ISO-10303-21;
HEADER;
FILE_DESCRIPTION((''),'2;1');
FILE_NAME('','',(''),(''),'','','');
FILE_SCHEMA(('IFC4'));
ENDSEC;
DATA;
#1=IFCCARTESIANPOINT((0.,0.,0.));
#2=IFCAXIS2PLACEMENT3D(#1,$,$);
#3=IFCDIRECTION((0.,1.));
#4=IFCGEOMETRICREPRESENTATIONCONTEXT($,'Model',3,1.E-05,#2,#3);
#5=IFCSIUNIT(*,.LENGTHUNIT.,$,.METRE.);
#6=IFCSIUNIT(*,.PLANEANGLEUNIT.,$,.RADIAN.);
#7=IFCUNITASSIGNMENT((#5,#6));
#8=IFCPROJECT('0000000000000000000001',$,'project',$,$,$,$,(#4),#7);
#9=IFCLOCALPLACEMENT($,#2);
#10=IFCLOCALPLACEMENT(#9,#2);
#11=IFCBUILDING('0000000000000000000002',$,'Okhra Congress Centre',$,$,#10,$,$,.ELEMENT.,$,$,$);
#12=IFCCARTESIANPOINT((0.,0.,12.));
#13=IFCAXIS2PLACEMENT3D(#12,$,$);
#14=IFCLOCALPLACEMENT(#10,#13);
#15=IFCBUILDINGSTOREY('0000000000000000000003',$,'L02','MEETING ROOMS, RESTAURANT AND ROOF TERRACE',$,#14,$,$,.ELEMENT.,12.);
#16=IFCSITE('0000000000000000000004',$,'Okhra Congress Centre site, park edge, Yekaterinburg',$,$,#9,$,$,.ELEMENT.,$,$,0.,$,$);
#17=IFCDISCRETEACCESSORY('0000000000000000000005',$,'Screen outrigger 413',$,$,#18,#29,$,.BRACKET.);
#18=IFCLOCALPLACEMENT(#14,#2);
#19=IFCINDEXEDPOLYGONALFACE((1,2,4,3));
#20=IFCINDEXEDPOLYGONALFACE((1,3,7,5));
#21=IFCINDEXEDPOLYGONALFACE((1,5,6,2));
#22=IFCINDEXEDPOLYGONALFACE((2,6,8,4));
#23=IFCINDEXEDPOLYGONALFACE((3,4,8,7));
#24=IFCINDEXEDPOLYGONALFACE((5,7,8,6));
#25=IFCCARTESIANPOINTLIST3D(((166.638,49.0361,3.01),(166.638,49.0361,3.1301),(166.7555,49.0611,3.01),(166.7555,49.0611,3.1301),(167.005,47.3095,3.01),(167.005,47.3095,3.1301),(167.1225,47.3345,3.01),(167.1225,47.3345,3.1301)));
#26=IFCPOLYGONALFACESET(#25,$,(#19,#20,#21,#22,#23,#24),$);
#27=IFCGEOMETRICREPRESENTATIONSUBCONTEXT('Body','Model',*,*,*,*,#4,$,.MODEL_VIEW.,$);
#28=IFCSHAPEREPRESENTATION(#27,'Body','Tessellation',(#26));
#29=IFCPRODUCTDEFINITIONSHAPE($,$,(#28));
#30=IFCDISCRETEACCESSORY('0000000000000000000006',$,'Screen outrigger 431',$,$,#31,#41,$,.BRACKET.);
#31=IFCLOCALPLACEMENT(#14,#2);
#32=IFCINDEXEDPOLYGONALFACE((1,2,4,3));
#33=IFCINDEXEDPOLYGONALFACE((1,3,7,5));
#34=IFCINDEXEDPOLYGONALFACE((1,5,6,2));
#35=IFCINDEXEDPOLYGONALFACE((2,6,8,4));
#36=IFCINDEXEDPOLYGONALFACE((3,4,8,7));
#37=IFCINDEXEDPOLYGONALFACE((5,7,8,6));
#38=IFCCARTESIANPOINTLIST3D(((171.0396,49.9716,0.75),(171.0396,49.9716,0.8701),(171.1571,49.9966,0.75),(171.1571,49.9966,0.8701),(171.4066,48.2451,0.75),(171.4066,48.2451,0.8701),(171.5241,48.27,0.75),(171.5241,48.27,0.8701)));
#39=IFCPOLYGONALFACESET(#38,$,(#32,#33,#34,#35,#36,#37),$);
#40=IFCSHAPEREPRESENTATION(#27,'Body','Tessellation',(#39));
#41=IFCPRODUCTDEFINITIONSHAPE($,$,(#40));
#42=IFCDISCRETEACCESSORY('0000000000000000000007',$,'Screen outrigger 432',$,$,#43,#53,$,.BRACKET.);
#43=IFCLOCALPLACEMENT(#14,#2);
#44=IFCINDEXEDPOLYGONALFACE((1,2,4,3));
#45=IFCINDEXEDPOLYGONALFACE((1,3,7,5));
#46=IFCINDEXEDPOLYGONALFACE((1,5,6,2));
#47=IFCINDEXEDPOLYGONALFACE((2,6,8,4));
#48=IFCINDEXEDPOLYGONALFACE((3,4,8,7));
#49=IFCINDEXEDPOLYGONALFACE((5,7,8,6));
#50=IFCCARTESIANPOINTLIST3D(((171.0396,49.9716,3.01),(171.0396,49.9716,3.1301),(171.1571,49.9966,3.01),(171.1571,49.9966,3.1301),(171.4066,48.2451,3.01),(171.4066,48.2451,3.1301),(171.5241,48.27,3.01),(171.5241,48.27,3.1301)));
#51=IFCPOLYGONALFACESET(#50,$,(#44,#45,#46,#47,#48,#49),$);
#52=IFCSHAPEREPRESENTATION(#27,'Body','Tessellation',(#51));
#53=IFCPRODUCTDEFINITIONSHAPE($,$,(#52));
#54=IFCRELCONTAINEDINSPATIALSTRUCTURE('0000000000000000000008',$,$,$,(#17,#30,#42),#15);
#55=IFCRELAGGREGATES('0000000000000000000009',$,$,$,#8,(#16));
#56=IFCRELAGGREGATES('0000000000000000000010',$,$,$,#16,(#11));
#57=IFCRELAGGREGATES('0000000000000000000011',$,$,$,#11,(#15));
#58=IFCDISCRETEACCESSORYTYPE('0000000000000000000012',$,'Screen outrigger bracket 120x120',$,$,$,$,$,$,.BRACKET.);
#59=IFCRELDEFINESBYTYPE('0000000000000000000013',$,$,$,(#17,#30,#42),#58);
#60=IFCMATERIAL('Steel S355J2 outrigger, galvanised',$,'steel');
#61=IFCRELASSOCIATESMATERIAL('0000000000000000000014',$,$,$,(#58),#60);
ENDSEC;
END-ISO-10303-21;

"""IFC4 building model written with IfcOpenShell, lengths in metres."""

from ifc_helpers import new_model, si_unit, direction, frame, origin, origin_2d, place, context, subcontext, project, spatial, rectangle, extrude, material, material_profile, profile_set, type_object, element, save


model = new_model("IFC4")

# Units and contexts
model_context = context("Model", 3, precision=1e-05, world=origin(), true_north=direction((0.0, 1.0)))
body_context = subcontext(model_context, "Body", "Model", "MODEL_VIEW")
ifc_project = project(units=[si_unit("LENGTHUNIT", "METRE"), si_unit("PLANEANGLEUNIT", "RADIAN")], contexts=[model_context])

# Site, building, storey
site_placement = place(None, origin())
site = spatial("IfcSite", under=ifc_project, at=site_placement, Name="Okhra Congress Centre site, park edge, Yekaterinburg", CompositionType="ELEMENT", RefElevation=0.0)
building_placement = place(site_placement, origin())
building = spatial("IfcBuilding", under=site, at=building_placement, Name="Okhra Congress Centre", CompositionType="ELEMENT")
storey_placement = place(building_placement, frame((0.0, 0.0, 12.0)))
storey = spatial("IfcBuildingStorey", under=building, at=storey_placement, Name="L02", Description="MEETING ROOMS, RESTAURANT AND ROOF TERRACE", CompositionType="ELEMENT", Elevation=12.0)

# Discrete accessories
ifc_material_1 = material(Name="Steel S355J2 outrigger, galvanised", Category="steel")
ifc_material_profile_1 = material_profile(ifc_material_1, rectangle(XDim=0.1201, YDim=0.1201, at=origin_2d()), Name="Screen outrigger bracket 120x120")
ifc_profile_set_1 = profile_set([ifc_material_profile_1], Name="Steel S355J2 outrigger, galvanised")
discrete_accessory_type = type_object("IfcDiscreteAccessoryType", Name="Screen outrigger bracket 120x120", PredefinedType="BRACKET", material=ifc_profile_set_1)
for number, where, z_axis, x_axis, name in (
    (1, (166.6968, 49.0486, 3.0701), (0.207885, -0.978153, 0.0), (0.978153, 0.207885, 0.0), "Screen outrigger 413"),
    (2, (171.0984, 49.9841, 0.8101), (0.207885, -0.978153, 0.0), (0.978153, 0.207885, 0.0), "Screen outrigger 431"),
    (3, (171.0984, 49.9841, 3.0701), (0.207885, -0.978153, 0.0), (0.978153, 0.207885, 0.0), "Screen outrigger 432"),
):
    element("IfcDiscreteAccessory", number, at=place(storey_placement, frame(where, z_axis=z_axis, x_axis=x_axis)), inside=storey, type_object=discrete_accessory_type, Name=name, PredefinedType="BRACKET", context=body_context, shape_type="SweptSolid", body=[
        extrude(rectangle(XDim=0.1201, YDim=0.1201, at=origin_2d()), origin(), (0.0, 0.0, 1.0), 1.7651),
    ])

save(model, "model.ifc")
